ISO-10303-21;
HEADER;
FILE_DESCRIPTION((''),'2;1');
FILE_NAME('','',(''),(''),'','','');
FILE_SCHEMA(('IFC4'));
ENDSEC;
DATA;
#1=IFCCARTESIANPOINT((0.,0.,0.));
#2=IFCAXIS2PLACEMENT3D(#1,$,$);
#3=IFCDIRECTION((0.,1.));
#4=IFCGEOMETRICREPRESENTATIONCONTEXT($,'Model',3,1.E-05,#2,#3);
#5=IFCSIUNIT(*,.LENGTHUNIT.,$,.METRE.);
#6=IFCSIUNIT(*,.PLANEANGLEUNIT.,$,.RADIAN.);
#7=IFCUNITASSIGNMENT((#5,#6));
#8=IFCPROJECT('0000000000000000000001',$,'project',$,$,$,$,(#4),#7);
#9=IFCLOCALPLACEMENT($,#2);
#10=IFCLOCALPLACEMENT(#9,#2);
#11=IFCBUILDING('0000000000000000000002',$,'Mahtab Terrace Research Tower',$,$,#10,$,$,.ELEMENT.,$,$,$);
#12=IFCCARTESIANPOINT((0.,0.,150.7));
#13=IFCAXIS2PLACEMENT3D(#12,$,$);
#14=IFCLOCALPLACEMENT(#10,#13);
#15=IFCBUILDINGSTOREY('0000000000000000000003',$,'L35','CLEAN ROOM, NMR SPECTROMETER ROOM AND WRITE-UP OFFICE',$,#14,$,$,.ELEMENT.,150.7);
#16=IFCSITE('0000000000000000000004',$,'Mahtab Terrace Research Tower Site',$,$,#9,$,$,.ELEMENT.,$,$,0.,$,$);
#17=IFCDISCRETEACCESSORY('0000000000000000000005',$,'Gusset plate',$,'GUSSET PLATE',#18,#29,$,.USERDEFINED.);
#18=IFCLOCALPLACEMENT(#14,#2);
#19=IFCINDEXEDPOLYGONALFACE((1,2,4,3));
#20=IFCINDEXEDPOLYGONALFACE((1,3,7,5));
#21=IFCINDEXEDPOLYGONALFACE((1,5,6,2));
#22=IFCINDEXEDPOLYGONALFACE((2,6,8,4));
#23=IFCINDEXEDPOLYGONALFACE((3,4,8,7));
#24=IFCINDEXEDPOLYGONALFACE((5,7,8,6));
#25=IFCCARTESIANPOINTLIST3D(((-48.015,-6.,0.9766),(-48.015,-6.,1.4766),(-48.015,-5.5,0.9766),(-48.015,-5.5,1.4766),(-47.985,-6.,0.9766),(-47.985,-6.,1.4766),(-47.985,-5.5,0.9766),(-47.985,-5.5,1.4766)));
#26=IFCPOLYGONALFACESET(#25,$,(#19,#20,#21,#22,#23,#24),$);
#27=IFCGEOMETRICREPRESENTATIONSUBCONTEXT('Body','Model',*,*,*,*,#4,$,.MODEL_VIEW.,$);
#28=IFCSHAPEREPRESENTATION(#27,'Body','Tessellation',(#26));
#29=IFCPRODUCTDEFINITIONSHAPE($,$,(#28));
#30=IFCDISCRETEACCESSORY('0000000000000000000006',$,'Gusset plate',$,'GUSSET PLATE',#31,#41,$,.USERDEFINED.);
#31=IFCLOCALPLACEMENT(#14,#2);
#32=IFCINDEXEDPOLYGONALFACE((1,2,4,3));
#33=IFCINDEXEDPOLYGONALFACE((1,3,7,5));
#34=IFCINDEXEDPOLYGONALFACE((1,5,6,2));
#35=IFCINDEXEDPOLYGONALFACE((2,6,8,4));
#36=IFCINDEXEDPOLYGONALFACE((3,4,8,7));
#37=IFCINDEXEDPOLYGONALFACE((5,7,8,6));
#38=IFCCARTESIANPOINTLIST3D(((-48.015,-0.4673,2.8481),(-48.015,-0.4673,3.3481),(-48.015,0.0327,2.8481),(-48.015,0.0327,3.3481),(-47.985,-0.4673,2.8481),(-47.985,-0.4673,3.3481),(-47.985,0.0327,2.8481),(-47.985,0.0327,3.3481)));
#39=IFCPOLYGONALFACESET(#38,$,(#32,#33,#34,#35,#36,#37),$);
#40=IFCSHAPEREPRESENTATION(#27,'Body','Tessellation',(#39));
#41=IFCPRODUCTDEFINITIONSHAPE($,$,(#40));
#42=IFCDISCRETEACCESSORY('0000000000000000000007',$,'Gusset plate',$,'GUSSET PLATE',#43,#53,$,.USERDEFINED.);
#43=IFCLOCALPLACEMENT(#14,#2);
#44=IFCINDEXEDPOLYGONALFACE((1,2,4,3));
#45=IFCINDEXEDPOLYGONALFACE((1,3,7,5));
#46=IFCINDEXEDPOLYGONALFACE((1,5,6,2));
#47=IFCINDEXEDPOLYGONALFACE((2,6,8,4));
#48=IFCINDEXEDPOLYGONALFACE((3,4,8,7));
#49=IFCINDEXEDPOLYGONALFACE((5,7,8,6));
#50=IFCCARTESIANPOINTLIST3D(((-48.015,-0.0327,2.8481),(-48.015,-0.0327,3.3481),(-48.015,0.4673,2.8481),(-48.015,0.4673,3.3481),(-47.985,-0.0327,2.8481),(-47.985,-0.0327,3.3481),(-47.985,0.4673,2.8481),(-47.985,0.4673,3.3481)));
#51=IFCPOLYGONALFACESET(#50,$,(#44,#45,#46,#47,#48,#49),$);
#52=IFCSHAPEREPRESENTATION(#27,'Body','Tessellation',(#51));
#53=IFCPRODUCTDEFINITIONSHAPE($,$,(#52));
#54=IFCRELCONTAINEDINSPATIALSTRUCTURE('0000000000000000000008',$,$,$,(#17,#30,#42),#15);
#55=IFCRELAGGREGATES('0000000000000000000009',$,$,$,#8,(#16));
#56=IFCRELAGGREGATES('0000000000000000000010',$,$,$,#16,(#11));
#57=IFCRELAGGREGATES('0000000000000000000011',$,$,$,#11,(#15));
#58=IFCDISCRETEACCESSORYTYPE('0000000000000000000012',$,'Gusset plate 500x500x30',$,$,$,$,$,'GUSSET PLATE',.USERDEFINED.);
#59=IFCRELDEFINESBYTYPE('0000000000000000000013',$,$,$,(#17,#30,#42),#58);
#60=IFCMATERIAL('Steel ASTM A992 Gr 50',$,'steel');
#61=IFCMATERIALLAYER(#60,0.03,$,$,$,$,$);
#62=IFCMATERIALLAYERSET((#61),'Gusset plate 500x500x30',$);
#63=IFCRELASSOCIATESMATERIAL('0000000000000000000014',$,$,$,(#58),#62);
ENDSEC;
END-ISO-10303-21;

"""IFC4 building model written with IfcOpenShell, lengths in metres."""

from ifc_helpers import new_model, si_unit, direction, frame, origin, origin_2d, place, context, subcontext, project, spatial, rectangle, extrude, material, layer, layer_set, type_object, element, save


model = new_model("IFC4")

# Units and contexts
model_context = context("Model", 3, precision=1e-05, world=origin(), true_north=direction((0.0, 1.0)))
body_context = subcontext(model_context, "Body", "Model", "MODEL_VIEW")
ifc_project = project(units=[si_unit("LENGTHUNIT", "METRE"), si_unit("PLANEANGLEUNIT", "RADIAN")], contexts=[model_context])

# Site, building, storey
site_placement = place(None, origin())
site = spatial("IfcSite", under=ifc_project, at=site_placement, Name="Mahtab Terrace Research Tower Site", CompositionType="ELEMENT", RefElevation=0.0)
building_placement = place(site_placement, origin())
building = spatial("IfcBuilding", under=site, at=building_placement, Name="Mahtab Terrace Research Tower", CompositionType="ELEMENT")
storey_placement = place(building_placement, frame((0.0, 0.0, 150.7)))
storey = spatial("IfcBuildingStorey", under=building, at=storey_placement, Name="L35", Description="CLEAN ROOM, NMR SPECTROMETER ROOM AND WRITE-UP OFFICE", CompositionType="ELEMENT", Elevation=150.7)

# Shared definitions
ifc_material_1 = material(Name="Steel ASTM A992 Gr 50", Category="steel")

# Discrete accessories
ifc_layer_1 = layer(ifc_material_1, 0.03)
ifc_layer_set_1 = layer_set([ifc_layer_1], Name="Gusset plate 500x500x30")
discrete_accessory_type = type_object("IfcDiscreteAccessoryType", Name="Gusset plate 500x500x30", ElementType="GUSSET PLATE", PredefinedType="USERDEFINED", material=ifc_layer_set_1)
for number, where, z_axis, x_axis, name in (
    (1, (-48.0, -5.75, 0.9766), (0.0, 0.0, 1.0), (0.0, 1.0, 0.0), "Gusset plate"),
    (2, (-48.0, -0.2173, 2.8481), (0.0, 0.0, 1.0), (0.0, 1.0, 0.0), "Gusset plate"),
    (3, (-48.0, 0.2173, 2.8481), (0.0, 0.0, 1.0), (0.0, 1.0, 0.0), "Gusset plate"),
):
    element("IfcDiscreteAccessory", number, at=place(storey_placement, frame(where, z_axis=z_axis, x_axis=x_axis)), inside=storey, type_object=discrete_accessory_type, Name=name, ObjectType="GUSSET PLATE", PredefinedType="USERDEFINED", context=body_context, shape_type="SweptSolid", body=[
        extrude(rectangle(XDim=0.5, YDim=0.03, at=origin_2d()), origin(), (0.0, 0.0, 1.0), 0.5),
    ])

save(model, "model.ifc")
